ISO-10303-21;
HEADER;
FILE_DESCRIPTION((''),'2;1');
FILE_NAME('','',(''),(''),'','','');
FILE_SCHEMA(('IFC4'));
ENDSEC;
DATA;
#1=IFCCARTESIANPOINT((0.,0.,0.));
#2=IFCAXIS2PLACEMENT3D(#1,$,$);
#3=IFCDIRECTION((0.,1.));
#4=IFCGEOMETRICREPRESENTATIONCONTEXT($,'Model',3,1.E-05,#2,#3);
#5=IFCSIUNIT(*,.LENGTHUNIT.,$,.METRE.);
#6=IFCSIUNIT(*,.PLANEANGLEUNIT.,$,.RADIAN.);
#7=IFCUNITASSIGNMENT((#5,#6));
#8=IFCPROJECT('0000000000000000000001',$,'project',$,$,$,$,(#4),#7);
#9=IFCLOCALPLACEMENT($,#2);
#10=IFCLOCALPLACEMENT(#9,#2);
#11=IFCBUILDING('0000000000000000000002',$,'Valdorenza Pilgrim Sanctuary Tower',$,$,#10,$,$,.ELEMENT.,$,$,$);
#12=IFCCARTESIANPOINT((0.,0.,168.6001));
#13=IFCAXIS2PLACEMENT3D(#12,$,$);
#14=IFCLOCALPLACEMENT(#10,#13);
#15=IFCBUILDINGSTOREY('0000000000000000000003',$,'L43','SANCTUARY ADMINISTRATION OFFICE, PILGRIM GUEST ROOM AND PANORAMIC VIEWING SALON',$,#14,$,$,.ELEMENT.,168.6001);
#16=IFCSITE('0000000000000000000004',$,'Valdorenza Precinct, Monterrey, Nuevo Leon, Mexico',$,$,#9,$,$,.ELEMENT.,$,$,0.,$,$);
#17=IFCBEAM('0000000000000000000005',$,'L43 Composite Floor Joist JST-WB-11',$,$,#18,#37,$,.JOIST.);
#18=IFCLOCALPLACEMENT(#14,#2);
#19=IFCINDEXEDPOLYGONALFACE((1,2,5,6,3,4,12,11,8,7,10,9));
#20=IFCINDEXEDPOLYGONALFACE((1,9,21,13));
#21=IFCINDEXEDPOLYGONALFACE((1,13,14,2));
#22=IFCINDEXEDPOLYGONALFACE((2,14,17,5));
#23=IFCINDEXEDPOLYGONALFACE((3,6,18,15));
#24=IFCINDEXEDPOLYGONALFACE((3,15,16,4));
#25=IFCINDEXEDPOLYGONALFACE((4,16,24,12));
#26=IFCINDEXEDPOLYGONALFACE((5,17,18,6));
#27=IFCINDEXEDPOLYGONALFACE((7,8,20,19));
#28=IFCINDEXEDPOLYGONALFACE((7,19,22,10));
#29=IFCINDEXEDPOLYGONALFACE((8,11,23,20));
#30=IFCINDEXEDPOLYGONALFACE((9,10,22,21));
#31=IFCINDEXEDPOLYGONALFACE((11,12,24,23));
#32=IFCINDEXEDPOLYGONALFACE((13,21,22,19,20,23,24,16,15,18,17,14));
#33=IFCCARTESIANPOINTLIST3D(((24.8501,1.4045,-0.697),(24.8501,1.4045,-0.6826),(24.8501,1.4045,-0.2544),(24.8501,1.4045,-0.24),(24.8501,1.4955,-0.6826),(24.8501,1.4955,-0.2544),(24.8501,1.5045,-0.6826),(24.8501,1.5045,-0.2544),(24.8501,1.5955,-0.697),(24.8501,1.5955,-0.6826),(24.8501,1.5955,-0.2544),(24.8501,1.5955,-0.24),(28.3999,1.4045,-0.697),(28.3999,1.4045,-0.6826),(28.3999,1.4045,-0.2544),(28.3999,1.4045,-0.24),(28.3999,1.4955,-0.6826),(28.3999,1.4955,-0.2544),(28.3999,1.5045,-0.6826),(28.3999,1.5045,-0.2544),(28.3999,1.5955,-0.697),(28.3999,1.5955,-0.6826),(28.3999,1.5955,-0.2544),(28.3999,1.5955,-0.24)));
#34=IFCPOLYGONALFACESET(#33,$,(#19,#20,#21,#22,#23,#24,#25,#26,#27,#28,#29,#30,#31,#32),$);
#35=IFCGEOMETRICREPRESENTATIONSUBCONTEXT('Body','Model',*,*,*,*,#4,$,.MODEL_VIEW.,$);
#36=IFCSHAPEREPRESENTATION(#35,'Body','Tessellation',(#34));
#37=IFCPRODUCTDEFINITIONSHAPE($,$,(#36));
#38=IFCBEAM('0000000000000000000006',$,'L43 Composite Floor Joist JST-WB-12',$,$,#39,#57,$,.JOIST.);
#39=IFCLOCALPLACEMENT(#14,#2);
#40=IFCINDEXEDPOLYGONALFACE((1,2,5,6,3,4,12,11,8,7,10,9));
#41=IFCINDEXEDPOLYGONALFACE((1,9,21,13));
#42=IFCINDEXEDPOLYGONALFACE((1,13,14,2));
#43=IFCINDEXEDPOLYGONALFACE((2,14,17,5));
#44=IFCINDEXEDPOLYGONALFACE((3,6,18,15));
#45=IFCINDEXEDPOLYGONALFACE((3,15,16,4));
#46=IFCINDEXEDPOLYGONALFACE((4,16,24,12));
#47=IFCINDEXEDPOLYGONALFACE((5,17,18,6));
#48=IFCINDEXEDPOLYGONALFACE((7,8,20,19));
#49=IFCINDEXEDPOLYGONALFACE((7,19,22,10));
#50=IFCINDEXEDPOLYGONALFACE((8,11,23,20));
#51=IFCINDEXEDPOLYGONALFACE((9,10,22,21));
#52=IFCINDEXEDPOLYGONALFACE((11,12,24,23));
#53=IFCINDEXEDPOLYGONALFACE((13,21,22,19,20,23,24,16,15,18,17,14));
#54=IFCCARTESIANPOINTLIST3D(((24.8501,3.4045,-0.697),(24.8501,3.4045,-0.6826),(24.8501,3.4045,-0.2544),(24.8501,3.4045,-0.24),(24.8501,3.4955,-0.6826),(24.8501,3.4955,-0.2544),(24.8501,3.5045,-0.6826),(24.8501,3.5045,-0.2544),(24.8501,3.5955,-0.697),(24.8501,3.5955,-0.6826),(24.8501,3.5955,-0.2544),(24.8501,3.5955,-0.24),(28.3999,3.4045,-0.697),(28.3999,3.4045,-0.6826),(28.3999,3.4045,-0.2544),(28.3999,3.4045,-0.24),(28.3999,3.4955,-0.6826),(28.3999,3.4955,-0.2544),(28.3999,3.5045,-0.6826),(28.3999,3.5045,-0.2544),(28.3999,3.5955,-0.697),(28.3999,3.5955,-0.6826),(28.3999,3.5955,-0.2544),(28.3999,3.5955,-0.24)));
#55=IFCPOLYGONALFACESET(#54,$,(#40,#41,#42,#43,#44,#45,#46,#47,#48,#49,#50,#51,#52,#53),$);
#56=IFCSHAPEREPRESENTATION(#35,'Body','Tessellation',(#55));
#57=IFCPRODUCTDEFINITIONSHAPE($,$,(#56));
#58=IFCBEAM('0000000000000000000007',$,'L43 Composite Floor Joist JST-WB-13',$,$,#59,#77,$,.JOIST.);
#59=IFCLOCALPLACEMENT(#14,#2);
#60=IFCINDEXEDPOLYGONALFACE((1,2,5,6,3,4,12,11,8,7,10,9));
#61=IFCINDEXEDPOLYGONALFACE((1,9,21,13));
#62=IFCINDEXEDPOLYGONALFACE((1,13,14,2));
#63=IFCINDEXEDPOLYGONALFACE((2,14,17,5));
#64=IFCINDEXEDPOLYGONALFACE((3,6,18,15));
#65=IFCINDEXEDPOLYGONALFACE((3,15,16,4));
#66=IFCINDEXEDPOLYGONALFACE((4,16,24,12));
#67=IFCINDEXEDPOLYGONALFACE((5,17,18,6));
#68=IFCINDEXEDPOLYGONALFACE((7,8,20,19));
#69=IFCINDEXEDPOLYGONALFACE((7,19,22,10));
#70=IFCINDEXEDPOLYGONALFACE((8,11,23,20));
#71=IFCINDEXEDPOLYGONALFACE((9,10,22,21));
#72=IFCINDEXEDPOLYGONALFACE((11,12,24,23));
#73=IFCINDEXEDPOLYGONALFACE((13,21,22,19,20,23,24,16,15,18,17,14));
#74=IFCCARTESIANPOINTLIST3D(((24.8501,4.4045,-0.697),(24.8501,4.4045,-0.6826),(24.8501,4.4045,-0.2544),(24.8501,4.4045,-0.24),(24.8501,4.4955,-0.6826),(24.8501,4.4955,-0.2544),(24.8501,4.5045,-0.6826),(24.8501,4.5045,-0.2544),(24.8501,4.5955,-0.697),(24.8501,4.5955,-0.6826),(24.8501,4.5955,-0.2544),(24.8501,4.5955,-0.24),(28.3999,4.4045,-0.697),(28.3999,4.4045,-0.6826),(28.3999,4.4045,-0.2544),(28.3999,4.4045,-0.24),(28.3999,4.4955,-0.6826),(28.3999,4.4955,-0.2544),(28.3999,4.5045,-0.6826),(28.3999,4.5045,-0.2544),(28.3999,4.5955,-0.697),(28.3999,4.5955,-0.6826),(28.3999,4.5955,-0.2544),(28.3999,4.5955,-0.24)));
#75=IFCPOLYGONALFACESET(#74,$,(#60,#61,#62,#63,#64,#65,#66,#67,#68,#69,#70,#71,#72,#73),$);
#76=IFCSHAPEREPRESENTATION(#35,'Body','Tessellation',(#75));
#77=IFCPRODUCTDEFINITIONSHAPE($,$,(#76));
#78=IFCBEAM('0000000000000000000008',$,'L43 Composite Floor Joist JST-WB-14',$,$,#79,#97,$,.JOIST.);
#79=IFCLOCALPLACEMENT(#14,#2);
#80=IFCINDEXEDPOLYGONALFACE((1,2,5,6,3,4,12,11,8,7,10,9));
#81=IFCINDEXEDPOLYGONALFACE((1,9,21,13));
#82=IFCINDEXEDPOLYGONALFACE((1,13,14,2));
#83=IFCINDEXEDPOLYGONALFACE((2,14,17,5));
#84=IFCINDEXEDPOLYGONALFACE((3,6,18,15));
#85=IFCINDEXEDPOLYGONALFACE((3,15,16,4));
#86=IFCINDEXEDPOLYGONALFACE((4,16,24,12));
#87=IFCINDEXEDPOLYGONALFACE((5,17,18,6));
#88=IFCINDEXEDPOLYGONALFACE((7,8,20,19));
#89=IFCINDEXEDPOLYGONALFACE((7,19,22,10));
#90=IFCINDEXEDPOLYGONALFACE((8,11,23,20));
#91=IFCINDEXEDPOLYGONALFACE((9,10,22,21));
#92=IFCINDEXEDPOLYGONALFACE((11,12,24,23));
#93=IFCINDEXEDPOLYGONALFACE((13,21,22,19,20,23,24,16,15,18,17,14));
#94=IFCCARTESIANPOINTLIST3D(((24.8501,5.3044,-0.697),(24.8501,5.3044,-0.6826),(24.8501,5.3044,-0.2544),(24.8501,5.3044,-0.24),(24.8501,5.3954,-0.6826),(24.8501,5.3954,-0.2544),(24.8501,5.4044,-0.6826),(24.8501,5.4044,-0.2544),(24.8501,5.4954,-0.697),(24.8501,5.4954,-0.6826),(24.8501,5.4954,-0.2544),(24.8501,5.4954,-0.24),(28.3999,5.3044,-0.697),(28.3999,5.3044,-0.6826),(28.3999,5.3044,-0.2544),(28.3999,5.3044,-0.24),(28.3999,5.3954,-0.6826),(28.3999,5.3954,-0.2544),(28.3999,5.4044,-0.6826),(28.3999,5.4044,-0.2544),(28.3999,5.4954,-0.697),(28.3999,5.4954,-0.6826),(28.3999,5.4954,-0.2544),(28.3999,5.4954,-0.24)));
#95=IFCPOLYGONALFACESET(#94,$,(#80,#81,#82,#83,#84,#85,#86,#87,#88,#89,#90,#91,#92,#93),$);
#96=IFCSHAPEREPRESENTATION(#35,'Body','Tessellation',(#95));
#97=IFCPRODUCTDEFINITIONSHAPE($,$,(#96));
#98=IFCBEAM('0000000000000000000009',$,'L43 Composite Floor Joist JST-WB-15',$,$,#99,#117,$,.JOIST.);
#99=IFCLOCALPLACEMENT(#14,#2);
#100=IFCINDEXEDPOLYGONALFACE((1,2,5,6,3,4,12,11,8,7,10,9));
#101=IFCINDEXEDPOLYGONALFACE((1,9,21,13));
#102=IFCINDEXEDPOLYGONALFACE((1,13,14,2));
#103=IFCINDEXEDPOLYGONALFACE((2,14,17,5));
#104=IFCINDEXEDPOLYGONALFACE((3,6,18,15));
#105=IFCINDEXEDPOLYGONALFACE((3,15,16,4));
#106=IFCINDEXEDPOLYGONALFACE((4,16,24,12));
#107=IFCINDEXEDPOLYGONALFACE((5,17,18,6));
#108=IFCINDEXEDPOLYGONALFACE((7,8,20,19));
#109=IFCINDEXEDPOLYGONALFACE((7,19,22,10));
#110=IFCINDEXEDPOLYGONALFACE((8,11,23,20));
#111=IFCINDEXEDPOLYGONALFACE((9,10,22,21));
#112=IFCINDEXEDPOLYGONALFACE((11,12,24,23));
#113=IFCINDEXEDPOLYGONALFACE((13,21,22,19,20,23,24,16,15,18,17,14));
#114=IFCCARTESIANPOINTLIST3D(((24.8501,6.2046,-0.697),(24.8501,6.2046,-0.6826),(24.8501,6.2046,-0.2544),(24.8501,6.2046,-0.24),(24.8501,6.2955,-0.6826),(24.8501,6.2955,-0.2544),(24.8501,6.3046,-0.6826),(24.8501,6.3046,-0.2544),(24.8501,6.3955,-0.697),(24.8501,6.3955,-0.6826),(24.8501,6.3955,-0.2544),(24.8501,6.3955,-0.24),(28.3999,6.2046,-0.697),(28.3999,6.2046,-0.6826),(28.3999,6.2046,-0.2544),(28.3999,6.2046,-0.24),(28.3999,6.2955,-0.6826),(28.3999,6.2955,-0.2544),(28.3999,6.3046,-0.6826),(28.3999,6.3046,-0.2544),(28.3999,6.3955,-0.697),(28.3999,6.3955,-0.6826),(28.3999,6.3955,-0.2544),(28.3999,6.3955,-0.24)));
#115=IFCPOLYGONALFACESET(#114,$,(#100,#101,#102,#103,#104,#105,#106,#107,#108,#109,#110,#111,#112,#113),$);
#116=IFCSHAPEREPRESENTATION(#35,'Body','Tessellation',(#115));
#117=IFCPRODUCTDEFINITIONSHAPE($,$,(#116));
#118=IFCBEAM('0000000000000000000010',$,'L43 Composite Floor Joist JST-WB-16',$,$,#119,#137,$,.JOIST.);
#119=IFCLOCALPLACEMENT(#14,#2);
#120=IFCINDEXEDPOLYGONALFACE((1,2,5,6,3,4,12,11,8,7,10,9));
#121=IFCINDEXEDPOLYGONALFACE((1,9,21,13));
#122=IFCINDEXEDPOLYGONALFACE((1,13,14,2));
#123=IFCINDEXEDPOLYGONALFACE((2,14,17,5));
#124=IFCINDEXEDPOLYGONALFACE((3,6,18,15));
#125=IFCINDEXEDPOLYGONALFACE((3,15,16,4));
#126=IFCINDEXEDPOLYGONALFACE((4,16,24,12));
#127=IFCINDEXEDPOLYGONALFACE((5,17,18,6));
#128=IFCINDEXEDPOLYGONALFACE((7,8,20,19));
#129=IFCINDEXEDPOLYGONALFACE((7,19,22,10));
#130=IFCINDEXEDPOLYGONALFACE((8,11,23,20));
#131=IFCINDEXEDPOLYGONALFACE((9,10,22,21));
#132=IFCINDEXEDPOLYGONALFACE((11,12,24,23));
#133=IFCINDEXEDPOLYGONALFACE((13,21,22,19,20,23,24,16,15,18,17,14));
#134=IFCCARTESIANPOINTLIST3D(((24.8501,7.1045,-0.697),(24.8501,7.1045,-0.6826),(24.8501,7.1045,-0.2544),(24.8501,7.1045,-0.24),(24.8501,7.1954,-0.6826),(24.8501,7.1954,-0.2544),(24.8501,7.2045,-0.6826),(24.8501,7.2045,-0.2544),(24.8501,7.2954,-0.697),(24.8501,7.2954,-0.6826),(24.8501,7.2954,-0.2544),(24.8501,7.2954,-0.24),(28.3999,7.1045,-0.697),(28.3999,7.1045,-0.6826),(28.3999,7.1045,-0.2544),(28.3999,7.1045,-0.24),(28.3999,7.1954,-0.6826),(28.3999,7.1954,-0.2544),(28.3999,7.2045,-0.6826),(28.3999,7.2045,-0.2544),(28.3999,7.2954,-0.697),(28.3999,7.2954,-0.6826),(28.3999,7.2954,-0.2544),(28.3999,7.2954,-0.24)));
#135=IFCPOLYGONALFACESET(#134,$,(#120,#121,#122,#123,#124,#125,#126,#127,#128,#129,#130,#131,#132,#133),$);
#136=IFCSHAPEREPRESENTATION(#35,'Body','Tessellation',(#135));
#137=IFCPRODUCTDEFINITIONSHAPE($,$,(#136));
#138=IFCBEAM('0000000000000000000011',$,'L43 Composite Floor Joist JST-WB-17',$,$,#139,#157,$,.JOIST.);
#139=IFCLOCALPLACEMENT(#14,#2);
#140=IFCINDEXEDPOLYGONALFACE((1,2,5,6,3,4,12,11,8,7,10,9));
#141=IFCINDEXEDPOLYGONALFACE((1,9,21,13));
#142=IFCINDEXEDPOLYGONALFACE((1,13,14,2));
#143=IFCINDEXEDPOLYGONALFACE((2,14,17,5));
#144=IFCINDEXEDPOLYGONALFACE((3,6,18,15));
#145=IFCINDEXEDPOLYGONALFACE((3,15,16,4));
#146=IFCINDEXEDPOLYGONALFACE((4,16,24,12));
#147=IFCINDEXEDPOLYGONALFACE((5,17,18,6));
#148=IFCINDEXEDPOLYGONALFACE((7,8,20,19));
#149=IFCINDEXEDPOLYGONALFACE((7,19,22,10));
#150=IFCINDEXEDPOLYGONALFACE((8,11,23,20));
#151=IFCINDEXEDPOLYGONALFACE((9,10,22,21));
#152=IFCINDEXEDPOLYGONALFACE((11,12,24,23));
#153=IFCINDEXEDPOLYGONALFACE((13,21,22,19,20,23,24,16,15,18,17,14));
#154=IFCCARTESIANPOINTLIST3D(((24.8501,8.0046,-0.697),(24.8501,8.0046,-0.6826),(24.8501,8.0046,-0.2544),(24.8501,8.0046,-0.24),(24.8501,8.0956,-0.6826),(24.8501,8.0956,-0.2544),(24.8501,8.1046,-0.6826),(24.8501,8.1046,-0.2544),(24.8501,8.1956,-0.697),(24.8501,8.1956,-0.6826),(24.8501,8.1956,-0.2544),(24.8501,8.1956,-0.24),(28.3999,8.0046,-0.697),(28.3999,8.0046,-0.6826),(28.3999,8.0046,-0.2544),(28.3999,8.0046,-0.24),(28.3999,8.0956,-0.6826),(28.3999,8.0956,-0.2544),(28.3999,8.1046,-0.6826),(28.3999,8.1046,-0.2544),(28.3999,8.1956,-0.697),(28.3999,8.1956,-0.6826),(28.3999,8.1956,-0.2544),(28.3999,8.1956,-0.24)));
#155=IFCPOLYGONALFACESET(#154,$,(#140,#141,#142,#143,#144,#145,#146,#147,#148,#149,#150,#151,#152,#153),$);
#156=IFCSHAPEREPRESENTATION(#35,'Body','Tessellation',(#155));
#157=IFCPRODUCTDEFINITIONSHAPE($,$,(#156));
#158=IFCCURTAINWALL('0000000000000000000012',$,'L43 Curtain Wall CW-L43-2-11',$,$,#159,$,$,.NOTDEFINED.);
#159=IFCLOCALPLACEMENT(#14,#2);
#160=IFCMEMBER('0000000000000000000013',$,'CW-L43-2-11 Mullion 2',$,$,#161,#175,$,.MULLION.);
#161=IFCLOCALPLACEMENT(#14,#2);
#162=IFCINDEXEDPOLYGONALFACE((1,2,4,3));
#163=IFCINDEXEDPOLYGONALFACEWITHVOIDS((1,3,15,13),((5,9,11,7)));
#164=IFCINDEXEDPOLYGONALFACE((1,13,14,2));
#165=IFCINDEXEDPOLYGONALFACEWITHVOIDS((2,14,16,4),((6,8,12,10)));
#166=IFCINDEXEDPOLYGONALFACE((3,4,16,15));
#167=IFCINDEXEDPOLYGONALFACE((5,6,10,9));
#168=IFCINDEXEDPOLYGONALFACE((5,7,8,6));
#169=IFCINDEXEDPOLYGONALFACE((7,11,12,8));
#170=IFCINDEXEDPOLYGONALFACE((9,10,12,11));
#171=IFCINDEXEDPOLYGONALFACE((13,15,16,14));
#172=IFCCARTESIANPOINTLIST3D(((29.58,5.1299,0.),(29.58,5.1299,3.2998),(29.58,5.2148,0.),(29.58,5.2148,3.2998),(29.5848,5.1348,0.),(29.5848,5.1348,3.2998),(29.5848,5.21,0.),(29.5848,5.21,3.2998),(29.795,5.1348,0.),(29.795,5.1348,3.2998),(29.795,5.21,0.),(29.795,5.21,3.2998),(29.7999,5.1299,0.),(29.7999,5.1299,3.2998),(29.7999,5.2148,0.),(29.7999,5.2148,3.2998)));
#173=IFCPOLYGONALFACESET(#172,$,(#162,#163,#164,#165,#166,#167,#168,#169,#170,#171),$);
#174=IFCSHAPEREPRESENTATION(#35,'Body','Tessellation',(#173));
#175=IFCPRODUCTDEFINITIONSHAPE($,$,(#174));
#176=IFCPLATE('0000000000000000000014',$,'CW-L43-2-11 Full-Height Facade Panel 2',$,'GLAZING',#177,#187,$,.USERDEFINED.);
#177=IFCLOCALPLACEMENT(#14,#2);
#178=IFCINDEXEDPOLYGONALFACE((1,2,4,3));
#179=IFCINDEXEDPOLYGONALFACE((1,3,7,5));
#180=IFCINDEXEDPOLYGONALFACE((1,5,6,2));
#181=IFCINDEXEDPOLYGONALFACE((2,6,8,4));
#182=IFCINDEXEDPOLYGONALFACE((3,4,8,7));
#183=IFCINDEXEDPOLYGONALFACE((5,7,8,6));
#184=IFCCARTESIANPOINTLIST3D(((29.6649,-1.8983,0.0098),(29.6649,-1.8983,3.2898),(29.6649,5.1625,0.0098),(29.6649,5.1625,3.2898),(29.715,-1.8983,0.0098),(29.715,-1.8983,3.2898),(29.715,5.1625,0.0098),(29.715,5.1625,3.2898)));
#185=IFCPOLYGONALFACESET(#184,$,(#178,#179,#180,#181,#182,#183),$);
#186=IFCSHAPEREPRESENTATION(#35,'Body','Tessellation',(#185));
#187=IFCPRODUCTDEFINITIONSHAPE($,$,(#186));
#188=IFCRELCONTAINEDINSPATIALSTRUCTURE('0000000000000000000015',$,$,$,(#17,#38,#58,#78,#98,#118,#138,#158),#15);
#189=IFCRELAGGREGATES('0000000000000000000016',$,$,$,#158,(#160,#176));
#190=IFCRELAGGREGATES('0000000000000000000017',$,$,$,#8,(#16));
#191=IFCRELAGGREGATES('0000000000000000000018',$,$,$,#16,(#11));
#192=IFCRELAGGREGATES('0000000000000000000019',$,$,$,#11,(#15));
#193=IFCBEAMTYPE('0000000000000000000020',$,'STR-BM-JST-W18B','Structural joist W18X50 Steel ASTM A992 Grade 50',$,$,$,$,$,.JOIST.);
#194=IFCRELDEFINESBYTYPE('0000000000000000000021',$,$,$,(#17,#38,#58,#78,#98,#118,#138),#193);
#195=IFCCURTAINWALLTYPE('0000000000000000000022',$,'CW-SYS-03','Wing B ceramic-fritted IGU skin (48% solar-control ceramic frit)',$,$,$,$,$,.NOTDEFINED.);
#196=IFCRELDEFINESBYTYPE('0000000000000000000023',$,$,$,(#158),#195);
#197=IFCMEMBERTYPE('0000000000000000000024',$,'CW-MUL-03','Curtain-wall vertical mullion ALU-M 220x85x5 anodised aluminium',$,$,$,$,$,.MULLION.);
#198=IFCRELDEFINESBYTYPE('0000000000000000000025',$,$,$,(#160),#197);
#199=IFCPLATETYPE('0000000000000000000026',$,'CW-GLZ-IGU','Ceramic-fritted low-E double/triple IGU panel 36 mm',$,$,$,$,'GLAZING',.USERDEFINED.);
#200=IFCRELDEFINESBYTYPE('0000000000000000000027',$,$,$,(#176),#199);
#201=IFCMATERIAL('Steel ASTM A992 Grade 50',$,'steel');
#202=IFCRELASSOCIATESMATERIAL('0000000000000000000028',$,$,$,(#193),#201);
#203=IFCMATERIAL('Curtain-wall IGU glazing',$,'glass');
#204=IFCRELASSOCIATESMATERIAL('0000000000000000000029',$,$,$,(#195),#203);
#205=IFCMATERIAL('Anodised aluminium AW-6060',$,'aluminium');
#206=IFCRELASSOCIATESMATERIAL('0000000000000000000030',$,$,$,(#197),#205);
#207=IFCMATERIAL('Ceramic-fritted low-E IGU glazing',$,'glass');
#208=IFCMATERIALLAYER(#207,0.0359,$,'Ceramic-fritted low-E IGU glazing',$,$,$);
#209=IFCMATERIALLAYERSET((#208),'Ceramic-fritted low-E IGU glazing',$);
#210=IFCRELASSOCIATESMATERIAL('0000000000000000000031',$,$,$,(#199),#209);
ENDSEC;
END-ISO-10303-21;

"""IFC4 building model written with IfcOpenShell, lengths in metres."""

from ifc_helpers import new_model, si_unit, direction, frame, origin, origin_2d, place, context, subcontext, project, spatial, rectangle, hollow_rectangle, i_section, extrude, source, transform, mapped, material, layer, layer_set, material_profile, profile_set, type_object, element, aggregate, save


model = new_model("IFC4")

# Units and contexts
model_context = context("Model", 3, precision=1e-05, world=origin(), true_north=direction((0.0, 1.0)))
body_context = subcontext(model_context, "Body", "Model", "MODEL_VIEW")
ifc_project = project(units=[si_unit("LENGTHUNIT", "METRE"), si_unit("PLANEANGLEUNIT", "RADIAN")], contexts=[model_context])

# Site, building, storey
site_placement = place(None, origin())
site = spatial("IfcSite", under=ifc_project, at=site_placement, Name="Valdorenza Precinct, Monterrey, Nuevo Leon, Mexico", CompositionType="ELEMENT", RefElevation=0.0)
building_placement = place(site_placement, origin())
building = spatial("IfcBuilding", under=site, at=building_placement, Name="Valdorenza Pilgrim Sanctuary Tower", CompositionType="ELEMENT")
storey_placement = place(building_placement, frame((0.0, 0.0, 168.6001)))
storey = spatial("IfcBuildingStorey", under=building, at=storey_placement, Name="L43", Description="SANCTUARY ADMINISTRATION OFFICE, PILGRIM GUEST ROOM AND PANORAMIC VIEWING SALON", CompositionType="ELEMENT", Elevation=168.6001)

# Beams
ifc_material_1 = material(Name="Steel ASTM A992 Grade 50", Category="steel")
ifc_material_profile_1 = material_profile(ifc_material_1, i_section(OverallWidth=0.1909, OverallDepth=0.457, WebThickness=0.009, FlangeThickness=0.0144, at=origin_2d()), Name="W18X50")
ifc_profile_set_1 = profile_set([ifc_material_profile_1], Name="Steel ASTM A992 Grade 50")
beam_type = type_object("IfcBeamType", Name="STR-BM-JST-W18B", Description="Structural joist W18X50 Steel ASTM A992 Grade 50", PredefinedType="JOIST", material=ifc_profile_set_1)
shared_shape_1 = source(origin(), body_context, "Body", "SweptSolid", [
    extrude(i_section(OverallWidth=0.1909, OverallDepth=0.457, WebThickness=0.009, FlangeThickness=0.0144, at=origin_2d()), origin(), (0.0, 0.0, 1.0), 3.5498),
])
for number, where, z_axis, x_axis, name in (
    (1, (24.8501, 1.5, -0.4685), (1.0, 0.0, 0.0), (0.0, 1.0, 0.0), "L43 Composite Floor Joist JST-WB-11"),
    (2, (24.8501, 3.5, -0.4685), (1.0, 0.0, 0.0), (0.0, 1.0, 0.0), "L43 Composite Floor Joist JST-WB-12"),
    (3, (24.8501, 4.5, -0.4685), (1.0, 0.0, 0.0), (0.0, 1.0, 0.0), "L43 Composite Floor Joist JST-WB-13"),
    (4, (24.8501, 5.3999, -0.4685), (1.0, 0.0, 0.0), (0.0, 1.0, 0.0), "L43 Composite Floor Joist JST-WB-14"),
    (5, (24.8501, 6.3, -0.4685), (1.0, 0.0, 0.0), (0.0, 1.0, 0.0), "L43 Composite Floor Joist JST-WB-15"),
    (6, (24.8501, 7.2, -0.4685), (1.0, 0.0, 0.0), (0.0, 1.0, 0.0), "L43 Composite Floor Joist JST-WB-16"),
    (7, (24.8501, 8.1001, -0.4685), (1.0, 0.0, 0.0), (0.0, 1.0, 0.0), "L43 Composite Floor Joist JST-WB-17"),
):
    element("IfcBeam", number, at=place(storey_placement, frame(where, z_axis=z_axis, x_axis=x_axis)), inside=storey, type_object=beam_type, Name=name, PredefinedType="JOIST", context=body_context, shape_type="MappedRepresentation", body=[
        mapped(shared_shape_1, transform((0.0, 0.0, 0.0), x_axis=(1.0, 0.0, 0.0), y_axis=(0.0, 1.0, 0.0), z_axis=(0.0, 0.0, 1.0), scale=1.0)),
    ])

# Curtain wall, member, plate
ifc_material_2 = material(Name="Curtain-wall IGU glazing", Category="glass")
curtain_wall_type = type_object("IfcCurtainWallType", Name="CW-SYS-03", Description="Wing B ceramic-fritted IGU skin (48% solar-control ceramic frit)", PredefinedType="NOTDEFINED", material=ifc_material_2)
curtain_wall_placement = place(storey_placement, origin())
curtain_wall = element("IfcCurtainWall", 8, at=curtain_wall_placement, inside=storey, type_object=curtain_wall_type, Name="L43 Curtain Wall CW-L43-2-11", PredefinedType="NOTDEFINED")
ifc_material_3 = material(Name="Anodised aluminium AW-6060", Category="aluminium")
ifc_material_profile_2 = material_profile(ifc_material_3, hollow_rectangle(XDim=0.085, YDim=0.22, WallThickness=0.0049, at=origin_2d()), Name="ALU-M 220x85x5")
ifc_profile_set_2 = profile_set([ifc_material_profile_2], Name="Anodised aluminium AW-6060")
member_type = type_object("IfcMemberType", Name="CW-MUL-03", Description="Curtain-wall vertical mullion ALU-M 220x85x5 anodised aluminium", PredefinedType="MULLION", material=ifc_profile_set_2)
shared_shape_2 = source(origin(), body_context, "Body", "SweptSolid", [
    extrude(hollow_rectangle(XDim=0.085, YDim=0.22, WallThickness=0.0049, at=origin_2d()), origin(), (0.0, 0.0, 1.0), 3.2998),
])
member_placement = place(storey_placement, frame((29.6899, 5.1724, 0.0), z_axis=(0.0, 0.0, 1.0), x_axis=(0.0, -1.0, 0.0)))
member = element("IfcMember", 9, at=member_placement, type_object=member_type, Name="CW-L43-2-11 Mullion 2", PredefinedType="MULLION", context=body_context, shape_type="MappedRepresentation", body=[
    mapped(shared_shape_2, transform((0.0, 0.0, 0.0), x_axis=(1.0, 0.0, 0.0), y_axis=(0.0, 1.0, 0.0), z_axis=(0.0, 0.0, 1.0), scale=1.0)),
])
ifc_material_4 = material(Name="Ceramic-fritted low-E IGU glazing", Category="glass")
ifc_layer_1 = layer(ifc_material_4, 0.0359, Name="Ceramic-fritted low-E IGU glazing")
ifc_layer_set_1 = layer_set([ifc_layer_1], Name="Ceramic-fritted low-E IGU glazing")
plate_type = type_object("IfcPlateType", Name="CW-GLZ-IGU", Description="Ceramic-fritted low-E double/triple IGU panel 36 mm", ElementType="GLAZING", PredefinedType="USERDEFINED", material=ifc_layer_set_1)
shared_shape_3 = source(origin(), body_context, "Body", "SweptSolid", [
    extrude(rectangle(XDim=7.0608, YDim=0.05, at=origin_2d()), origin(), (0.0, 0.0, 1.0), 3.28),
])
plate_placement = place(storey_placement, frame((29.6899, 1.6321, 0.0098), z_axis=(0.0, 0.0, 1.0), x_axis=(0.0, -1.0, 0.0)))
plate = element("IfcPlate", 10, at=plate_placement, type_object=plate_type, Name="CW-L43-2-11 Full-Height Facade Panel 2", ObjectType="GLAZING", PredefinedType="USERDEFINED", context=body_context, shape_type="MappedRepresentation", body=[
    mapped(shared_shape_3, transform((0.0, 0.0, 0.0), x_axis=(1.0, 0.0, 0.0), y_axis=(0.0, 1.0, 0.0), z_axis=(0.0, 0.0, 1.0), scale=1.0)),
])
aggregate(curtain_wall, [member, plate])

save(model, "model.ifc")
